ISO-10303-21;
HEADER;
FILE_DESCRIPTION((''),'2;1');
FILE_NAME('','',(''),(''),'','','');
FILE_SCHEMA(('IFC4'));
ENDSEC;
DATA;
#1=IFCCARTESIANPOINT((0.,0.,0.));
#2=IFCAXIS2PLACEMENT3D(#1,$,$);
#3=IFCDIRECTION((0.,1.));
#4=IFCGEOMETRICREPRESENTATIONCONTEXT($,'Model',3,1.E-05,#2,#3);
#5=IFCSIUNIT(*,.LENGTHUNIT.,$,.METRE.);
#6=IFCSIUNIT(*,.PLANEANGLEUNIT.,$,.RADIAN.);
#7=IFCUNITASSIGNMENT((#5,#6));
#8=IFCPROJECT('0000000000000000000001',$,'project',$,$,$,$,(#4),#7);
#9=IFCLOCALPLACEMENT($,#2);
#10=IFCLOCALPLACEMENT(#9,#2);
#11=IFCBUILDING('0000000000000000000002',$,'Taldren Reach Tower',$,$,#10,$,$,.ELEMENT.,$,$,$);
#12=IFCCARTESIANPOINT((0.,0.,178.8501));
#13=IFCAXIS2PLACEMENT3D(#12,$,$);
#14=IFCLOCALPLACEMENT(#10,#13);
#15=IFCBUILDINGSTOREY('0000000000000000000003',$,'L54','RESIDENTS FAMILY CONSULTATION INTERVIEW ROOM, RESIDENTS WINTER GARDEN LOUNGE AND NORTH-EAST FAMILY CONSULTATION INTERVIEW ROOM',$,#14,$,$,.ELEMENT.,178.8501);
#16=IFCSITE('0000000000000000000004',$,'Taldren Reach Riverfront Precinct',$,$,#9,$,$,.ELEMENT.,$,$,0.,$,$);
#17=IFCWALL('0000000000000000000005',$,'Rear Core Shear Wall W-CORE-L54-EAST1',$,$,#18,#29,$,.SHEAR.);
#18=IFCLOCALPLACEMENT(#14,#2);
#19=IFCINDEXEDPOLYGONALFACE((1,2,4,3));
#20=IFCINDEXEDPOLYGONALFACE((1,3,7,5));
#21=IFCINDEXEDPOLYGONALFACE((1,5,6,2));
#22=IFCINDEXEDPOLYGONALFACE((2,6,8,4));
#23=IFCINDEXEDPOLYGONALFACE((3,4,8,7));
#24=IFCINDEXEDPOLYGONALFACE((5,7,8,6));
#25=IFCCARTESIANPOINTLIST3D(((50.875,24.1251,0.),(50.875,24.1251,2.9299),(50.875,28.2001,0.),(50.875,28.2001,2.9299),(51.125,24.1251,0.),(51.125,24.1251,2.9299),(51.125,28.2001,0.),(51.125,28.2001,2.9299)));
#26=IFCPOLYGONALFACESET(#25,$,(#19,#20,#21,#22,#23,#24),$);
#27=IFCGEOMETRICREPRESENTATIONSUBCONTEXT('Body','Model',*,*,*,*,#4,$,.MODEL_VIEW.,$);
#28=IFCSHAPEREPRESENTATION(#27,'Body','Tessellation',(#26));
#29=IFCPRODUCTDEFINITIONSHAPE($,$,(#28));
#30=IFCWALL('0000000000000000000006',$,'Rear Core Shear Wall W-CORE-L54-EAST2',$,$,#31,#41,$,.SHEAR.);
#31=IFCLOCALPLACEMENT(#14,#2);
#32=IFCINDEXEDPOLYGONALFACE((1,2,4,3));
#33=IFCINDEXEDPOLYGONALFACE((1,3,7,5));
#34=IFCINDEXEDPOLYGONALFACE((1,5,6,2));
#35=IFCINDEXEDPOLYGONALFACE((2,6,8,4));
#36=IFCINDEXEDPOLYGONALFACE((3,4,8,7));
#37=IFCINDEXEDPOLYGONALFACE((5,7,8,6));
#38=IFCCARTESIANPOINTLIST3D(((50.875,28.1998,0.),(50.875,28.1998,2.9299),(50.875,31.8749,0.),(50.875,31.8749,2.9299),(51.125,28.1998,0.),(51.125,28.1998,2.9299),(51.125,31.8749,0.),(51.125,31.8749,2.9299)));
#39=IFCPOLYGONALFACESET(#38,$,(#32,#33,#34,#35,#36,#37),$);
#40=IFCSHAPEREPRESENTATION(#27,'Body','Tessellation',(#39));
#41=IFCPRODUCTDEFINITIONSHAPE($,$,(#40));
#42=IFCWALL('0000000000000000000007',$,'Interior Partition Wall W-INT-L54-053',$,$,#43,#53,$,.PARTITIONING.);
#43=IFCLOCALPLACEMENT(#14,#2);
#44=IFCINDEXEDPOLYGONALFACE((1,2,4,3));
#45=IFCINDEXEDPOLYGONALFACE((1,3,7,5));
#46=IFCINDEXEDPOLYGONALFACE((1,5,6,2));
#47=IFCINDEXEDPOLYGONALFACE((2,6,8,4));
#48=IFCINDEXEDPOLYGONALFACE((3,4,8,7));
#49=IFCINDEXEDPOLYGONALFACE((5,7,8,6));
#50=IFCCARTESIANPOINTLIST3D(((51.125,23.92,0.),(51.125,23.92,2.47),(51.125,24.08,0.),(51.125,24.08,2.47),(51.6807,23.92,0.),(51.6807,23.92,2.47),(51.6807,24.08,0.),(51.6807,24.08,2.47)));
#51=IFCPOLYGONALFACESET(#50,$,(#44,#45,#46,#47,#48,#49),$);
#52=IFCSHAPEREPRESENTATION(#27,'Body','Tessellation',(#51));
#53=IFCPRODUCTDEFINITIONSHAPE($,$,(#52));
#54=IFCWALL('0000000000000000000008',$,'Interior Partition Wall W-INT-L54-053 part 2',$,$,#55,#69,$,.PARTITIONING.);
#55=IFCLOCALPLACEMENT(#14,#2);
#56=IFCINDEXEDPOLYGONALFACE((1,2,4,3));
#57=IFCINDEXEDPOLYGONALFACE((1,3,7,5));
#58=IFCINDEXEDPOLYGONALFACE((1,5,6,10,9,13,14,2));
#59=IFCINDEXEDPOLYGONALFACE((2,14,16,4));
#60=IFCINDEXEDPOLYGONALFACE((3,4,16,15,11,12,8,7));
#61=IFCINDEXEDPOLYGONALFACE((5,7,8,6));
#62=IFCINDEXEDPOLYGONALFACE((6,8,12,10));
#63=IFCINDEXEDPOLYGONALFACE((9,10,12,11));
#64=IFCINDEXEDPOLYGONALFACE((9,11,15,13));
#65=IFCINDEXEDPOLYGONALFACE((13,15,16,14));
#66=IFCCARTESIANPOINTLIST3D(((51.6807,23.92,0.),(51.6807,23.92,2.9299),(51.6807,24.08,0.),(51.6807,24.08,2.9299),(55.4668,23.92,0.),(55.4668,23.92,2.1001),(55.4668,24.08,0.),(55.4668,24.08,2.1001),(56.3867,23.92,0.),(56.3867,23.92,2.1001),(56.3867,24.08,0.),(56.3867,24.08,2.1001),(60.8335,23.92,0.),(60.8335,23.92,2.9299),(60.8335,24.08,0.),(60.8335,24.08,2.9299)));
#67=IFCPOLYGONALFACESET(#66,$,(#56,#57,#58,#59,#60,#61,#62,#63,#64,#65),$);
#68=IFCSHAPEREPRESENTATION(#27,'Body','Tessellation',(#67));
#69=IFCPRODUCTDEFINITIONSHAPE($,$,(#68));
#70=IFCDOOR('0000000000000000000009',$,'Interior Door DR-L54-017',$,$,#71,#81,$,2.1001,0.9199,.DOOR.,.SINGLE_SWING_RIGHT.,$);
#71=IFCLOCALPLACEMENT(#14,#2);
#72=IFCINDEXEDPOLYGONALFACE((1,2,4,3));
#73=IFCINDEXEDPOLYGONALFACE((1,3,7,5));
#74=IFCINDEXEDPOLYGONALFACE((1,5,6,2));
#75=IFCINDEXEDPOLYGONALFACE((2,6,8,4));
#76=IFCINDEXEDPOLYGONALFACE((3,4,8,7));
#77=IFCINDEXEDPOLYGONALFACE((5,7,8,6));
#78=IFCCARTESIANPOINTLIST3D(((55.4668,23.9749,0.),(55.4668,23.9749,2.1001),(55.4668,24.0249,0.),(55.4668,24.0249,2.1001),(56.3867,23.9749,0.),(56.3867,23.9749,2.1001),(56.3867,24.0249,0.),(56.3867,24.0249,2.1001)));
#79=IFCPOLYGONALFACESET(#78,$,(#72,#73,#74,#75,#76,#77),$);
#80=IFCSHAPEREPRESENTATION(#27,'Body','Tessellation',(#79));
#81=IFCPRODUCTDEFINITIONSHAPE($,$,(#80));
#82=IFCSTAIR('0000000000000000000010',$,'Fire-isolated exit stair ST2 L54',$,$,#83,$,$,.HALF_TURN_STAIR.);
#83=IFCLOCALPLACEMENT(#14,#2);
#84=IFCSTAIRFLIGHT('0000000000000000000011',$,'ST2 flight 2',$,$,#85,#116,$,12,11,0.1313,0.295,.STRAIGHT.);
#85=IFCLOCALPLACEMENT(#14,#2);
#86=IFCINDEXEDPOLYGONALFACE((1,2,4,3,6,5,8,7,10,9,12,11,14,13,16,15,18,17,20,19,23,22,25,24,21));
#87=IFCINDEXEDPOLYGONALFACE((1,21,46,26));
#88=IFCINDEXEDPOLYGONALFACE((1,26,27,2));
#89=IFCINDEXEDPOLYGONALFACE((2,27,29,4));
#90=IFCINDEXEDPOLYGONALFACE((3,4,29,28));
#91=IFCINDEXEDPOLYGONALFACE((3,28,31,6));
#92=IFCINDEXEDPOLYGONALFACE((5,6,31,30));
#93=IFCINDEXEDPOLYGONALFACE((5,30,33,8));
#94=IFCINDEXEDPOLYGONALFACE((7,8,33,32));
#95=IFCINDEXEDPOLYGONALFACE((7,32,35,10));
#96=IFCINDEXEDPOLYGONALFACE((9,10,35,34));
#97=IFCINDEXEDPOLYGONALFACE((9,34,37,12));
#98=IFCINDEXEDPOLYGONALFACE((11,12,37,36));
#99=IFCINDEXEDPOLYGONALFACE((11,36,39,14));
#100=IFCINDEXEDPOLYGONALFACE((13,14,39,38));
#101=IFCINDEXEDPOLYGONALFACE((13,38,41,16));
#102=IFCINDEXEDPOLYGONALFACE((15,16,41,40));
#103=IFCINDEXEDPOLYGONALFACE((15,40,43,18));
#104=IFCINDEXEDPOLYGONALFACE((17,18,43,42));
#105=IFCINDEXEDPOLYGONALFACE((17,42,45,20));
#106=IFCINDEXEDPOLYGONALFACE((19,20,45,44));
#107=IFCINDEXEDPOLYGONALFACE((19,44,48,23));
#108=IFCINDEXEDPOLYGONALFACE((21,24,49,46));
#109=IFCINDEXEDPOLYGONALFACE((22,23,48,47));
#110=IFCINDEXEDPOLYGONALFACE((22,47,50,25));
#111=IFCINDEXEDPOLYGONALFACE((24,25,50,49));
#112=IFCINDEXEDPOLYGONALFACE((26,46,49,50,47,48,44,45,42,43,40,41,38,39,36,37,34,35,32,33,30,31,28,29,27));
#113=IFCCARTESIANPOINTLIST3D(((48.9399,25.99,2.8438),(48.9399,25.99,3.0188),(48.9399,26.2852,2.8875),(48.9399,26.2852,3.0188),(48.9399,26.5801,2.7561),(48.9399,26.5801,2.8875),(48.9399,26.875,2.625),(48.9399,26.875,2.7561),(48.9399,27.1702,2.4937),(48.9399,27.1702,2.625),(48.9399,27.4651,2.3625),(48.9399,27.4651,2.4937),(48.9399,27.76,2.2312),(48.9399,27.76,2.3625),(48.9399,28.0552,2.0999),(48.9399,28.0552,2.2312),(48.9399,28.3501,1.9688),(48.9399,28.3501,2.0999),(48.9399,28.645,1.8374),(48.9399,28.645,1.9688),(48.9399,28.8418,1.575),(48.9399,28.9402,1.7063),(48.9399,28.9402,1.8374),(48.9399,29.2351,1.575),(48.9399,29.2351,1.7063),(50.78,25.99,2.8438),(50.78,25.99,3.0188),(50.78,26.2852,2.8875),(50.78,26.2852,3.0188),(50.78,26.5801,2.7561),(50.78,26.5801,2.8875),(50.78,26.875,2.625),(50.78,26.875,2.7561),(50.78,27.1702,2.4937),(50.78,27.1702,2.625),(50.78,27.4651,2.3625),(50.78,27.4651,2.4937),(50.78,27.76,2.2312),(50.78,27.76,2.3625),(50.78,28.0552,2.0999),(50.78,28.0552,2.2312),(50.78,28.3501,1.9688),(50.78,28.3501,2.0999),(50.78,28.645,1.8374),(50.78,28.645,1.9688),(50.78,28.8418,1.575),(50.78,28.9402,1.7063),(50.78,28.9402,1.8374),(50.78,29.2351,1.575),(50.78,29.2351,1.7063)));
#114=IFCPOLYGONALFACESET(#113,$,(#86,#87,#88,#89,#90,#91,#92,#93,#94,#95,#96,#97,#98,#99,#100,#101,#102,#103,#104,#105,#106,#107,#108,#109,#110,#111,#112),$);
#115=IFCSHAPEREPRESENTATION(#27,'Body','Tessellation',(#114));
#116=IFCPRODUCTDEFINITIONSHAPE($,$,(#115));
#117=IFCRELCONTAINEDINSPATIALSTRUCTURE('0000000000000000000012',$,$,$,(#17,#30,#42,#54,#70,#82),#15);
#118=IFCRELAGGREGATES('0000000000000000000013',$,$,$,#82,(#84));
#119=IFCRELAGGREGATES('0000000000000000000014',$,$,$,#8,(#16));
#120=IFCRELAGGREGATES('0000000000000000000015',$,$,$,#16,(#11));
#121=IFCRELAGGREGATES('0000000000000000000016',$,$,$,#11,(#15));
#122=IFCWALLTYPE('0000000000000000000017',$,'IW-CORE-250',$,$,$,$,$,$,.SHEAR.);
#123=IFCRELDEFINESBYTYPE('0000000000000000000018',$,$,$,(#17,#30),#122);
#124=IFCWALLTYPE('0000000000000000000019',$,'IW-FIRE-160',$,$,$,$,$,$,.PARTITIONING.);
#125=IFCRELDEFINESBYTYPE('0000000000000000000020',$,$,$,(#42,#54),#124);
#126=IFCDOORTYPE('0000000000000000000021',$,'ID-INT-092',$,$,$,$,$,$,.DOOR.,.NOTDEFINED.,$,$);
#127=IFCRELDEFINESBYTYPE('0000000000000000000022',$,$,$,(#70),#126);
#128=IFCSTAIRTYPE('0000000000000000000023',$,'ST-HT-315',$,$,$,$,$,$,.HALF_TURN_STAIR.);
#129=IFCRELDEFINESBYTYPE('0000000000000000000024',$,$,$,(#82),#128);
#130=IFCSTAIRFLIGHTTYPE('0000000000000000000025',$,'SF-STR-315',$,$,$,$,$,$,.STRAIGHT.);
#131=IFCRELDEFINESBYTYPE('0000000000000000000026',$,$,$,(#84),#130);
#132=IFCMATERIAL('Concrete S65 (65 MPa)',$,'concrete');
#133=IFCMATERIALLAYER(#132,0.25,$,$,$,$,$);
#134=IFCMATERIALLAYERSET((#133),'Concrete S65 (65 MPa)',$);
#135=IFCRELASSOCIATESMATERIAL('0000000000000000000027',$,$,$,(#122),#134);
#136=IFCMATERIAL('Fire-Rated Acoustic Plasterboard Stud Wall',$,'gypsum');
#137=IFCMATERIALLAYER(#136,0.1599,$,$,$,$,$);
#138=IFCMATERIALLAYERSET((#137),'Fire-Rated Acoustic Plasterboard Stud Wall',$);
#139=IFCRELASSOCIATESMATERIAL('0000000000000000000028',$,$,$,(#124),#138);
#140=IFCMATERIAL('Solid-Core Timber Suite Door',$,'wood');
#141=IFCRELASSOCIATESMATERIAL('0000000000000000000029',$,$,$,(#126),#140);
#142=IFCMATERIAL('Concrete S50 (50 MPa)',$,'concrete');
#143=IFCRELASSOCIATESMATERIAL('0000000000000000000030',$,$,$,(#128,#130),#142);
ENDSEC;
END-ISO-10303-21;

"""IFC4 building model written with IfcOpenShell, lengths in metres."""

from ifc_helpers import new_model, si_unit, direction, frame, frame_2d, origin, place, context, subcontext, project, spatial, polyline, rectangle, outline, extrude, source, transform, mapped, material, layer, layer_set, type_object, element, fill, aggregate, save


model = new_model("IFC4")

# Units and contexts
model_context = context("Model", 3, precision=1e-05, world=origin(), true_north=direction((0.0, 1.0)))
body_context = subcontext(model_context, "Body", "Model", "MODEL_VIEW")
ifc_project = project(units=[si_unit("LENGTHUNIT", "METRE"), si_unit("PLANEANGLEUNIT", "RADIAN")], contexts=[model_context])

# Site, building, storey
site_placement = place(None, origin())
site = spatial("IfcSite", under=ifc_project, at=site_placement, Name="Taldren Reach Riverfront Precinct", CompositionType="ELEMENT", RefElevation=0.0)
building_placement = place(site_placement, origin())
building = spatial("IfcBuilding", under=site, at=building_placement, Name="Taldren Reach Tower", CompositionType="ELEMENT")
storey_placement = place(building_placement, frame((0.0, 0.0, 178.8501)))
storey = spatial("IfcBuildingStorey", under=building, at=storey_placement, Name="L54", Description="RESIDENTS FAMILY CONSULTATION INTERVIEW ROOM, RESIDENTS WINTER GARDEN LOUNGE AND NORTH-EAST FAMILY CONSULTATION INTERVIEW ROOM", CompositionType="ELEMENT", Elevation=178.8501)

# Walls
ifc_material_1 = material(Name="Concrete S65 (65 MPa)", Category="concrete")
ifc_layer_1 = layer(ifc_material_1, 0.25)
ifc_layer_set_1 = layer_set([ifc_layer_1], Name="Concrete S65 (65 MPa)")
wall_type_1 = type_object("IfcWallType", Name="IW-CORE-250", PredefinedType="SHEAR", material=ifc_layer_set_1)
shared_shape_1 = source(origin(), body_context, "Body", "SweptSolid", [
    extrude(rectangle(XDim=4.075, YDim=0.25, at=frame_2d((2.0376, 0.0))), origin(), (0.0, 0.0, 1.0), 2.9299),
])
wall_1_placement = place(storey_placement, frame((51.0, 24.125, 0.0), z_axis=(0.0, 0.0, 1.0), x_axis=(0.0, 1.0, 0.0)))
element("IfcWall", 1, at=wall_1_placement, inside=storey, type_object=wall_type_1, Name="Rear Core Shear Wall W-CORE-L54-EAST1", PredefinedType="SHEAR", context=body_context, shape_type="MappedRepresentation", body=[
    mapped(shared_shape_1, transform((0.0, 0.0, 0.0), scale=1.0)),
])
shared_shape_2 = source(origin(), body_context, "Body", "SweptSolid", [
    extrude(rectangle(XDim=3.675, YDim=0.25, at=frame_2d((1.8374, 0.0))), origin(), (0.0, 0.0, 1.0), 2.9299),
])
wall_2_placement = place(storey_placement, frame((51.0, 28.2, 0.0), z_axis=(0.0, 0.0, 1.0), x_axis=(0.0, 1.0, 0.0)))
element("IfcWall", 2, at=wall_2_placement, inside=storey, type_object=wall_type_1, Name="Rear Core Shear Wall W-CORE-L54-EAST2", PredefinedType="SHEAR", context=body_context, shape_type="MappedRepresentation", body=[
    mapped(shared_shape_2, transform((0.0, 0.0, 0.0), scale=1.0)),
])
ifc_material_2 = material(Name="Fire-Rated Acoustic Plasterboard Stud Wall", Category="gypsum")
ifc_layer_2 = layer(ifc_material_2, 0.1599)
ifc_layer_set_2 = layer_set([ifc_layer_2], Name="Fire-Rated Acoustic Plasterboard Stud Wall")
wall_type_2 = type_object("IfcWallType", Name="IW-FIRE-160", PredefinedType="PARTITIONING", material=ifc_layer_set_2)
shared_shape_3 = source(origin(), body_context, "Body", "SweptSolid", [
    extrude(rectangle(XDim=0.5557, YDim=0.1599, at=frame_2d((0.2778, 0.0))), origin(), (0.0, 0.0, 1.0), 2.47),
])
wall_3_placement = place(storey_placement, frame((51.125, 24.0, 0.0), z_axis=(0.0, 0.0, 1.0), x_axis=(1.0, 0.0, 0.0)))
element("IfcWall", 3, at=wall_3_placement, inside=storey, type_object=wall_type_2, Name="Interior Partition Wall W-INT-L54-053", PredefinedType="PARTITIONING", context=body_context, shape_type="MappedRepresentation", body=[
    mapped(shared_shape_3, transform((0.0, 0.0, 0.0), scale=1.0)),
])

# Wall, opening, door
shared_shape_4 = source(origin(), body_context, "Body", "SweptSolid", [
    extrude(rectangle(XDim=9.1528, YDim=0.1599, at=frame_2d((4.5764, 0.0))), origin(), (0.0, 0.0, 1.0), 2.9299),
])
wall_4_placement = place(storey_placement, frame((51.6807, 24.0, 0.0), z_axis=(0.0, 0.0, 1.0), x_axis=(1.0, 0.0, 0.0)))
wall_4 = element("IfcWall", 4, at=wall_4_placement, inside=storey, type_object=wall_type_2, Name="Interior Partition Wall W-INT-L54-053 part 2", PredefinedType="PARTITIONING", context=body_context, shape_type="MappedRepresentation", body=[
    mapped(shared_shape_4, transform((0.0, 0.0, 0.0), scale=1.0)),
])
shared_shape_5 = source(origin(), body_context, "Body", "SweptSolid", [
    extrude(rectangle(XDim=0.9199, YDim=2.1001, at=frame_2d((0.46, 1.05))), frame((0.0, 0.0898, 0.0), z_axis=(0.0, -1.0, 0.0), x_axis=(1.0, 0.0, 0.0)), (0.0, 0.0, 1.0), 0.1799),
])
opening_placement = place(wall_4_placement, frame((3.7861, 0.0, 0.0)))
opening = element("IfcOpeningElement", 5, at=opening_placement, cuts=wall_4, PredefinedType="OPENING", context=body_context, shape_type="MappedRepresentation", body=[
    mapped(shared_shape_5, transform((0.0, 0.0, 0.0), scale=1.0)),
])
ifc_material_3 = material(Name="Solid-Core Timber Suite Door", Category="wood")
door_type = type_object("IfcDoorType", Name="ID-INT-092", OperationType="NOTDEFINED", PredefinedType="DOOR", material=ifc_material_3)
shared_shape_6 = source(origin(), body_context, "Body", "SweptSolid", [
    extrude(rectangle(XDim=0.9199, YDim=2.1001, at=frame_2d((0.46, 1.05))), frame((0.0, 0.0249, 0.0), z_axis=(0.0, -1.0, 0.0), x_axis=(1.0, 0.0, 0.0)), (0.0, 0.0, 1.0), 0.05),
])
door_placement = place(opening_placement, origin())
door = element("IfcDoor", 6, at=door_placement, inside=storey, type_object=door_type, Name="Interior Door DR-L54-017", OperationType="SINGLE_SWING_RIGHT", OverallHeight=2.1001, OverallWidth=0.9199, PredefinedType="DOOR", context=body_context, shape_type="MappedRepresentation", body=[
    mapped(shared_shape_6, transform((0.0, 0.0, 0.0), scale=1.0)),
])
fill(opening, door)

# Stair, stair flight
ifc_material_4 = material(Name="Concrete S50 (50 MPa)", Category="concrete")
stair_type = type_object("IfcStairType", Name="ST-HT-315", PredefinedType="HALF_TURN_STAIR", material=ifc_material_4)
stair_placement = place(storey_placement, origin())
stair = element("IfcStair", 7, at=stair_placement, inside=storey, type_object=stair_type, Name="Fire-isolated exit stair ST2 L54", PredefinedType="HALF_TURN_STAIR")
stair_flight_type = type_object("IfcStairFlightType", Name="SF-STR-315", PredefinedType="STRAIGHT", material=ifc_material_4)
stair_flight_placement = place(storey_placement, frame((49.8601, 29.2351, 1.575), z_axis=(0.0, 0.0, 1.0), x_axis=(0.0, -1.0, 0.0)))
stair_flight = element("IfcStairFlight", 8, at=stair_flight_placement, type_object=stair_flight_type, Name="ST2 flight 2", NumberOfRisers=12, NumberOfTreads=11, PredefinedType="STRAIGHT", RiserHeight=0.1313, TreadLength=0.295, context=body_context, shape_type="SweptSolid", body=[
    extrude(outline(polyline([(0.0, 0.0), (0.0, 0.1313), (0.2949, 0.1313), (0.2949, 0.2625), (0.5901, 0.2625), (0.5901, 0.3938), (0.885, 0.3938), (0.885, 0.5249), (1.1799, 0.5249), (1.1799, 0.6562), (1.4751, 0.6562), (1.4751, 0.7876), (1.77, 0.7876), (1.77, 0.9187), (2.0649, 0.9187), (2.0649, 1.05), (2.3601, 1.05), (2.3601, 1.1812), (2.655, 1.1812), (2.655, 1.3125), (2.95, 1.3125), (2.95, 1.4438), (3.2451, 1.4438), (3.2451, 1.575), (3.2451, 1.2688), (0.3933, 0.0), (0.0, 0.0)])), frame((0.0, 0.9199, 0.0), z_axis=(0.0, -1.0, 0.0), x_axis=(1.0, 0.0, 0.0)), (0.0, 0.0, 1.0), 1.8401),
])
aggregate(stair, [stair_flight])

save(model, "model.ifc")
